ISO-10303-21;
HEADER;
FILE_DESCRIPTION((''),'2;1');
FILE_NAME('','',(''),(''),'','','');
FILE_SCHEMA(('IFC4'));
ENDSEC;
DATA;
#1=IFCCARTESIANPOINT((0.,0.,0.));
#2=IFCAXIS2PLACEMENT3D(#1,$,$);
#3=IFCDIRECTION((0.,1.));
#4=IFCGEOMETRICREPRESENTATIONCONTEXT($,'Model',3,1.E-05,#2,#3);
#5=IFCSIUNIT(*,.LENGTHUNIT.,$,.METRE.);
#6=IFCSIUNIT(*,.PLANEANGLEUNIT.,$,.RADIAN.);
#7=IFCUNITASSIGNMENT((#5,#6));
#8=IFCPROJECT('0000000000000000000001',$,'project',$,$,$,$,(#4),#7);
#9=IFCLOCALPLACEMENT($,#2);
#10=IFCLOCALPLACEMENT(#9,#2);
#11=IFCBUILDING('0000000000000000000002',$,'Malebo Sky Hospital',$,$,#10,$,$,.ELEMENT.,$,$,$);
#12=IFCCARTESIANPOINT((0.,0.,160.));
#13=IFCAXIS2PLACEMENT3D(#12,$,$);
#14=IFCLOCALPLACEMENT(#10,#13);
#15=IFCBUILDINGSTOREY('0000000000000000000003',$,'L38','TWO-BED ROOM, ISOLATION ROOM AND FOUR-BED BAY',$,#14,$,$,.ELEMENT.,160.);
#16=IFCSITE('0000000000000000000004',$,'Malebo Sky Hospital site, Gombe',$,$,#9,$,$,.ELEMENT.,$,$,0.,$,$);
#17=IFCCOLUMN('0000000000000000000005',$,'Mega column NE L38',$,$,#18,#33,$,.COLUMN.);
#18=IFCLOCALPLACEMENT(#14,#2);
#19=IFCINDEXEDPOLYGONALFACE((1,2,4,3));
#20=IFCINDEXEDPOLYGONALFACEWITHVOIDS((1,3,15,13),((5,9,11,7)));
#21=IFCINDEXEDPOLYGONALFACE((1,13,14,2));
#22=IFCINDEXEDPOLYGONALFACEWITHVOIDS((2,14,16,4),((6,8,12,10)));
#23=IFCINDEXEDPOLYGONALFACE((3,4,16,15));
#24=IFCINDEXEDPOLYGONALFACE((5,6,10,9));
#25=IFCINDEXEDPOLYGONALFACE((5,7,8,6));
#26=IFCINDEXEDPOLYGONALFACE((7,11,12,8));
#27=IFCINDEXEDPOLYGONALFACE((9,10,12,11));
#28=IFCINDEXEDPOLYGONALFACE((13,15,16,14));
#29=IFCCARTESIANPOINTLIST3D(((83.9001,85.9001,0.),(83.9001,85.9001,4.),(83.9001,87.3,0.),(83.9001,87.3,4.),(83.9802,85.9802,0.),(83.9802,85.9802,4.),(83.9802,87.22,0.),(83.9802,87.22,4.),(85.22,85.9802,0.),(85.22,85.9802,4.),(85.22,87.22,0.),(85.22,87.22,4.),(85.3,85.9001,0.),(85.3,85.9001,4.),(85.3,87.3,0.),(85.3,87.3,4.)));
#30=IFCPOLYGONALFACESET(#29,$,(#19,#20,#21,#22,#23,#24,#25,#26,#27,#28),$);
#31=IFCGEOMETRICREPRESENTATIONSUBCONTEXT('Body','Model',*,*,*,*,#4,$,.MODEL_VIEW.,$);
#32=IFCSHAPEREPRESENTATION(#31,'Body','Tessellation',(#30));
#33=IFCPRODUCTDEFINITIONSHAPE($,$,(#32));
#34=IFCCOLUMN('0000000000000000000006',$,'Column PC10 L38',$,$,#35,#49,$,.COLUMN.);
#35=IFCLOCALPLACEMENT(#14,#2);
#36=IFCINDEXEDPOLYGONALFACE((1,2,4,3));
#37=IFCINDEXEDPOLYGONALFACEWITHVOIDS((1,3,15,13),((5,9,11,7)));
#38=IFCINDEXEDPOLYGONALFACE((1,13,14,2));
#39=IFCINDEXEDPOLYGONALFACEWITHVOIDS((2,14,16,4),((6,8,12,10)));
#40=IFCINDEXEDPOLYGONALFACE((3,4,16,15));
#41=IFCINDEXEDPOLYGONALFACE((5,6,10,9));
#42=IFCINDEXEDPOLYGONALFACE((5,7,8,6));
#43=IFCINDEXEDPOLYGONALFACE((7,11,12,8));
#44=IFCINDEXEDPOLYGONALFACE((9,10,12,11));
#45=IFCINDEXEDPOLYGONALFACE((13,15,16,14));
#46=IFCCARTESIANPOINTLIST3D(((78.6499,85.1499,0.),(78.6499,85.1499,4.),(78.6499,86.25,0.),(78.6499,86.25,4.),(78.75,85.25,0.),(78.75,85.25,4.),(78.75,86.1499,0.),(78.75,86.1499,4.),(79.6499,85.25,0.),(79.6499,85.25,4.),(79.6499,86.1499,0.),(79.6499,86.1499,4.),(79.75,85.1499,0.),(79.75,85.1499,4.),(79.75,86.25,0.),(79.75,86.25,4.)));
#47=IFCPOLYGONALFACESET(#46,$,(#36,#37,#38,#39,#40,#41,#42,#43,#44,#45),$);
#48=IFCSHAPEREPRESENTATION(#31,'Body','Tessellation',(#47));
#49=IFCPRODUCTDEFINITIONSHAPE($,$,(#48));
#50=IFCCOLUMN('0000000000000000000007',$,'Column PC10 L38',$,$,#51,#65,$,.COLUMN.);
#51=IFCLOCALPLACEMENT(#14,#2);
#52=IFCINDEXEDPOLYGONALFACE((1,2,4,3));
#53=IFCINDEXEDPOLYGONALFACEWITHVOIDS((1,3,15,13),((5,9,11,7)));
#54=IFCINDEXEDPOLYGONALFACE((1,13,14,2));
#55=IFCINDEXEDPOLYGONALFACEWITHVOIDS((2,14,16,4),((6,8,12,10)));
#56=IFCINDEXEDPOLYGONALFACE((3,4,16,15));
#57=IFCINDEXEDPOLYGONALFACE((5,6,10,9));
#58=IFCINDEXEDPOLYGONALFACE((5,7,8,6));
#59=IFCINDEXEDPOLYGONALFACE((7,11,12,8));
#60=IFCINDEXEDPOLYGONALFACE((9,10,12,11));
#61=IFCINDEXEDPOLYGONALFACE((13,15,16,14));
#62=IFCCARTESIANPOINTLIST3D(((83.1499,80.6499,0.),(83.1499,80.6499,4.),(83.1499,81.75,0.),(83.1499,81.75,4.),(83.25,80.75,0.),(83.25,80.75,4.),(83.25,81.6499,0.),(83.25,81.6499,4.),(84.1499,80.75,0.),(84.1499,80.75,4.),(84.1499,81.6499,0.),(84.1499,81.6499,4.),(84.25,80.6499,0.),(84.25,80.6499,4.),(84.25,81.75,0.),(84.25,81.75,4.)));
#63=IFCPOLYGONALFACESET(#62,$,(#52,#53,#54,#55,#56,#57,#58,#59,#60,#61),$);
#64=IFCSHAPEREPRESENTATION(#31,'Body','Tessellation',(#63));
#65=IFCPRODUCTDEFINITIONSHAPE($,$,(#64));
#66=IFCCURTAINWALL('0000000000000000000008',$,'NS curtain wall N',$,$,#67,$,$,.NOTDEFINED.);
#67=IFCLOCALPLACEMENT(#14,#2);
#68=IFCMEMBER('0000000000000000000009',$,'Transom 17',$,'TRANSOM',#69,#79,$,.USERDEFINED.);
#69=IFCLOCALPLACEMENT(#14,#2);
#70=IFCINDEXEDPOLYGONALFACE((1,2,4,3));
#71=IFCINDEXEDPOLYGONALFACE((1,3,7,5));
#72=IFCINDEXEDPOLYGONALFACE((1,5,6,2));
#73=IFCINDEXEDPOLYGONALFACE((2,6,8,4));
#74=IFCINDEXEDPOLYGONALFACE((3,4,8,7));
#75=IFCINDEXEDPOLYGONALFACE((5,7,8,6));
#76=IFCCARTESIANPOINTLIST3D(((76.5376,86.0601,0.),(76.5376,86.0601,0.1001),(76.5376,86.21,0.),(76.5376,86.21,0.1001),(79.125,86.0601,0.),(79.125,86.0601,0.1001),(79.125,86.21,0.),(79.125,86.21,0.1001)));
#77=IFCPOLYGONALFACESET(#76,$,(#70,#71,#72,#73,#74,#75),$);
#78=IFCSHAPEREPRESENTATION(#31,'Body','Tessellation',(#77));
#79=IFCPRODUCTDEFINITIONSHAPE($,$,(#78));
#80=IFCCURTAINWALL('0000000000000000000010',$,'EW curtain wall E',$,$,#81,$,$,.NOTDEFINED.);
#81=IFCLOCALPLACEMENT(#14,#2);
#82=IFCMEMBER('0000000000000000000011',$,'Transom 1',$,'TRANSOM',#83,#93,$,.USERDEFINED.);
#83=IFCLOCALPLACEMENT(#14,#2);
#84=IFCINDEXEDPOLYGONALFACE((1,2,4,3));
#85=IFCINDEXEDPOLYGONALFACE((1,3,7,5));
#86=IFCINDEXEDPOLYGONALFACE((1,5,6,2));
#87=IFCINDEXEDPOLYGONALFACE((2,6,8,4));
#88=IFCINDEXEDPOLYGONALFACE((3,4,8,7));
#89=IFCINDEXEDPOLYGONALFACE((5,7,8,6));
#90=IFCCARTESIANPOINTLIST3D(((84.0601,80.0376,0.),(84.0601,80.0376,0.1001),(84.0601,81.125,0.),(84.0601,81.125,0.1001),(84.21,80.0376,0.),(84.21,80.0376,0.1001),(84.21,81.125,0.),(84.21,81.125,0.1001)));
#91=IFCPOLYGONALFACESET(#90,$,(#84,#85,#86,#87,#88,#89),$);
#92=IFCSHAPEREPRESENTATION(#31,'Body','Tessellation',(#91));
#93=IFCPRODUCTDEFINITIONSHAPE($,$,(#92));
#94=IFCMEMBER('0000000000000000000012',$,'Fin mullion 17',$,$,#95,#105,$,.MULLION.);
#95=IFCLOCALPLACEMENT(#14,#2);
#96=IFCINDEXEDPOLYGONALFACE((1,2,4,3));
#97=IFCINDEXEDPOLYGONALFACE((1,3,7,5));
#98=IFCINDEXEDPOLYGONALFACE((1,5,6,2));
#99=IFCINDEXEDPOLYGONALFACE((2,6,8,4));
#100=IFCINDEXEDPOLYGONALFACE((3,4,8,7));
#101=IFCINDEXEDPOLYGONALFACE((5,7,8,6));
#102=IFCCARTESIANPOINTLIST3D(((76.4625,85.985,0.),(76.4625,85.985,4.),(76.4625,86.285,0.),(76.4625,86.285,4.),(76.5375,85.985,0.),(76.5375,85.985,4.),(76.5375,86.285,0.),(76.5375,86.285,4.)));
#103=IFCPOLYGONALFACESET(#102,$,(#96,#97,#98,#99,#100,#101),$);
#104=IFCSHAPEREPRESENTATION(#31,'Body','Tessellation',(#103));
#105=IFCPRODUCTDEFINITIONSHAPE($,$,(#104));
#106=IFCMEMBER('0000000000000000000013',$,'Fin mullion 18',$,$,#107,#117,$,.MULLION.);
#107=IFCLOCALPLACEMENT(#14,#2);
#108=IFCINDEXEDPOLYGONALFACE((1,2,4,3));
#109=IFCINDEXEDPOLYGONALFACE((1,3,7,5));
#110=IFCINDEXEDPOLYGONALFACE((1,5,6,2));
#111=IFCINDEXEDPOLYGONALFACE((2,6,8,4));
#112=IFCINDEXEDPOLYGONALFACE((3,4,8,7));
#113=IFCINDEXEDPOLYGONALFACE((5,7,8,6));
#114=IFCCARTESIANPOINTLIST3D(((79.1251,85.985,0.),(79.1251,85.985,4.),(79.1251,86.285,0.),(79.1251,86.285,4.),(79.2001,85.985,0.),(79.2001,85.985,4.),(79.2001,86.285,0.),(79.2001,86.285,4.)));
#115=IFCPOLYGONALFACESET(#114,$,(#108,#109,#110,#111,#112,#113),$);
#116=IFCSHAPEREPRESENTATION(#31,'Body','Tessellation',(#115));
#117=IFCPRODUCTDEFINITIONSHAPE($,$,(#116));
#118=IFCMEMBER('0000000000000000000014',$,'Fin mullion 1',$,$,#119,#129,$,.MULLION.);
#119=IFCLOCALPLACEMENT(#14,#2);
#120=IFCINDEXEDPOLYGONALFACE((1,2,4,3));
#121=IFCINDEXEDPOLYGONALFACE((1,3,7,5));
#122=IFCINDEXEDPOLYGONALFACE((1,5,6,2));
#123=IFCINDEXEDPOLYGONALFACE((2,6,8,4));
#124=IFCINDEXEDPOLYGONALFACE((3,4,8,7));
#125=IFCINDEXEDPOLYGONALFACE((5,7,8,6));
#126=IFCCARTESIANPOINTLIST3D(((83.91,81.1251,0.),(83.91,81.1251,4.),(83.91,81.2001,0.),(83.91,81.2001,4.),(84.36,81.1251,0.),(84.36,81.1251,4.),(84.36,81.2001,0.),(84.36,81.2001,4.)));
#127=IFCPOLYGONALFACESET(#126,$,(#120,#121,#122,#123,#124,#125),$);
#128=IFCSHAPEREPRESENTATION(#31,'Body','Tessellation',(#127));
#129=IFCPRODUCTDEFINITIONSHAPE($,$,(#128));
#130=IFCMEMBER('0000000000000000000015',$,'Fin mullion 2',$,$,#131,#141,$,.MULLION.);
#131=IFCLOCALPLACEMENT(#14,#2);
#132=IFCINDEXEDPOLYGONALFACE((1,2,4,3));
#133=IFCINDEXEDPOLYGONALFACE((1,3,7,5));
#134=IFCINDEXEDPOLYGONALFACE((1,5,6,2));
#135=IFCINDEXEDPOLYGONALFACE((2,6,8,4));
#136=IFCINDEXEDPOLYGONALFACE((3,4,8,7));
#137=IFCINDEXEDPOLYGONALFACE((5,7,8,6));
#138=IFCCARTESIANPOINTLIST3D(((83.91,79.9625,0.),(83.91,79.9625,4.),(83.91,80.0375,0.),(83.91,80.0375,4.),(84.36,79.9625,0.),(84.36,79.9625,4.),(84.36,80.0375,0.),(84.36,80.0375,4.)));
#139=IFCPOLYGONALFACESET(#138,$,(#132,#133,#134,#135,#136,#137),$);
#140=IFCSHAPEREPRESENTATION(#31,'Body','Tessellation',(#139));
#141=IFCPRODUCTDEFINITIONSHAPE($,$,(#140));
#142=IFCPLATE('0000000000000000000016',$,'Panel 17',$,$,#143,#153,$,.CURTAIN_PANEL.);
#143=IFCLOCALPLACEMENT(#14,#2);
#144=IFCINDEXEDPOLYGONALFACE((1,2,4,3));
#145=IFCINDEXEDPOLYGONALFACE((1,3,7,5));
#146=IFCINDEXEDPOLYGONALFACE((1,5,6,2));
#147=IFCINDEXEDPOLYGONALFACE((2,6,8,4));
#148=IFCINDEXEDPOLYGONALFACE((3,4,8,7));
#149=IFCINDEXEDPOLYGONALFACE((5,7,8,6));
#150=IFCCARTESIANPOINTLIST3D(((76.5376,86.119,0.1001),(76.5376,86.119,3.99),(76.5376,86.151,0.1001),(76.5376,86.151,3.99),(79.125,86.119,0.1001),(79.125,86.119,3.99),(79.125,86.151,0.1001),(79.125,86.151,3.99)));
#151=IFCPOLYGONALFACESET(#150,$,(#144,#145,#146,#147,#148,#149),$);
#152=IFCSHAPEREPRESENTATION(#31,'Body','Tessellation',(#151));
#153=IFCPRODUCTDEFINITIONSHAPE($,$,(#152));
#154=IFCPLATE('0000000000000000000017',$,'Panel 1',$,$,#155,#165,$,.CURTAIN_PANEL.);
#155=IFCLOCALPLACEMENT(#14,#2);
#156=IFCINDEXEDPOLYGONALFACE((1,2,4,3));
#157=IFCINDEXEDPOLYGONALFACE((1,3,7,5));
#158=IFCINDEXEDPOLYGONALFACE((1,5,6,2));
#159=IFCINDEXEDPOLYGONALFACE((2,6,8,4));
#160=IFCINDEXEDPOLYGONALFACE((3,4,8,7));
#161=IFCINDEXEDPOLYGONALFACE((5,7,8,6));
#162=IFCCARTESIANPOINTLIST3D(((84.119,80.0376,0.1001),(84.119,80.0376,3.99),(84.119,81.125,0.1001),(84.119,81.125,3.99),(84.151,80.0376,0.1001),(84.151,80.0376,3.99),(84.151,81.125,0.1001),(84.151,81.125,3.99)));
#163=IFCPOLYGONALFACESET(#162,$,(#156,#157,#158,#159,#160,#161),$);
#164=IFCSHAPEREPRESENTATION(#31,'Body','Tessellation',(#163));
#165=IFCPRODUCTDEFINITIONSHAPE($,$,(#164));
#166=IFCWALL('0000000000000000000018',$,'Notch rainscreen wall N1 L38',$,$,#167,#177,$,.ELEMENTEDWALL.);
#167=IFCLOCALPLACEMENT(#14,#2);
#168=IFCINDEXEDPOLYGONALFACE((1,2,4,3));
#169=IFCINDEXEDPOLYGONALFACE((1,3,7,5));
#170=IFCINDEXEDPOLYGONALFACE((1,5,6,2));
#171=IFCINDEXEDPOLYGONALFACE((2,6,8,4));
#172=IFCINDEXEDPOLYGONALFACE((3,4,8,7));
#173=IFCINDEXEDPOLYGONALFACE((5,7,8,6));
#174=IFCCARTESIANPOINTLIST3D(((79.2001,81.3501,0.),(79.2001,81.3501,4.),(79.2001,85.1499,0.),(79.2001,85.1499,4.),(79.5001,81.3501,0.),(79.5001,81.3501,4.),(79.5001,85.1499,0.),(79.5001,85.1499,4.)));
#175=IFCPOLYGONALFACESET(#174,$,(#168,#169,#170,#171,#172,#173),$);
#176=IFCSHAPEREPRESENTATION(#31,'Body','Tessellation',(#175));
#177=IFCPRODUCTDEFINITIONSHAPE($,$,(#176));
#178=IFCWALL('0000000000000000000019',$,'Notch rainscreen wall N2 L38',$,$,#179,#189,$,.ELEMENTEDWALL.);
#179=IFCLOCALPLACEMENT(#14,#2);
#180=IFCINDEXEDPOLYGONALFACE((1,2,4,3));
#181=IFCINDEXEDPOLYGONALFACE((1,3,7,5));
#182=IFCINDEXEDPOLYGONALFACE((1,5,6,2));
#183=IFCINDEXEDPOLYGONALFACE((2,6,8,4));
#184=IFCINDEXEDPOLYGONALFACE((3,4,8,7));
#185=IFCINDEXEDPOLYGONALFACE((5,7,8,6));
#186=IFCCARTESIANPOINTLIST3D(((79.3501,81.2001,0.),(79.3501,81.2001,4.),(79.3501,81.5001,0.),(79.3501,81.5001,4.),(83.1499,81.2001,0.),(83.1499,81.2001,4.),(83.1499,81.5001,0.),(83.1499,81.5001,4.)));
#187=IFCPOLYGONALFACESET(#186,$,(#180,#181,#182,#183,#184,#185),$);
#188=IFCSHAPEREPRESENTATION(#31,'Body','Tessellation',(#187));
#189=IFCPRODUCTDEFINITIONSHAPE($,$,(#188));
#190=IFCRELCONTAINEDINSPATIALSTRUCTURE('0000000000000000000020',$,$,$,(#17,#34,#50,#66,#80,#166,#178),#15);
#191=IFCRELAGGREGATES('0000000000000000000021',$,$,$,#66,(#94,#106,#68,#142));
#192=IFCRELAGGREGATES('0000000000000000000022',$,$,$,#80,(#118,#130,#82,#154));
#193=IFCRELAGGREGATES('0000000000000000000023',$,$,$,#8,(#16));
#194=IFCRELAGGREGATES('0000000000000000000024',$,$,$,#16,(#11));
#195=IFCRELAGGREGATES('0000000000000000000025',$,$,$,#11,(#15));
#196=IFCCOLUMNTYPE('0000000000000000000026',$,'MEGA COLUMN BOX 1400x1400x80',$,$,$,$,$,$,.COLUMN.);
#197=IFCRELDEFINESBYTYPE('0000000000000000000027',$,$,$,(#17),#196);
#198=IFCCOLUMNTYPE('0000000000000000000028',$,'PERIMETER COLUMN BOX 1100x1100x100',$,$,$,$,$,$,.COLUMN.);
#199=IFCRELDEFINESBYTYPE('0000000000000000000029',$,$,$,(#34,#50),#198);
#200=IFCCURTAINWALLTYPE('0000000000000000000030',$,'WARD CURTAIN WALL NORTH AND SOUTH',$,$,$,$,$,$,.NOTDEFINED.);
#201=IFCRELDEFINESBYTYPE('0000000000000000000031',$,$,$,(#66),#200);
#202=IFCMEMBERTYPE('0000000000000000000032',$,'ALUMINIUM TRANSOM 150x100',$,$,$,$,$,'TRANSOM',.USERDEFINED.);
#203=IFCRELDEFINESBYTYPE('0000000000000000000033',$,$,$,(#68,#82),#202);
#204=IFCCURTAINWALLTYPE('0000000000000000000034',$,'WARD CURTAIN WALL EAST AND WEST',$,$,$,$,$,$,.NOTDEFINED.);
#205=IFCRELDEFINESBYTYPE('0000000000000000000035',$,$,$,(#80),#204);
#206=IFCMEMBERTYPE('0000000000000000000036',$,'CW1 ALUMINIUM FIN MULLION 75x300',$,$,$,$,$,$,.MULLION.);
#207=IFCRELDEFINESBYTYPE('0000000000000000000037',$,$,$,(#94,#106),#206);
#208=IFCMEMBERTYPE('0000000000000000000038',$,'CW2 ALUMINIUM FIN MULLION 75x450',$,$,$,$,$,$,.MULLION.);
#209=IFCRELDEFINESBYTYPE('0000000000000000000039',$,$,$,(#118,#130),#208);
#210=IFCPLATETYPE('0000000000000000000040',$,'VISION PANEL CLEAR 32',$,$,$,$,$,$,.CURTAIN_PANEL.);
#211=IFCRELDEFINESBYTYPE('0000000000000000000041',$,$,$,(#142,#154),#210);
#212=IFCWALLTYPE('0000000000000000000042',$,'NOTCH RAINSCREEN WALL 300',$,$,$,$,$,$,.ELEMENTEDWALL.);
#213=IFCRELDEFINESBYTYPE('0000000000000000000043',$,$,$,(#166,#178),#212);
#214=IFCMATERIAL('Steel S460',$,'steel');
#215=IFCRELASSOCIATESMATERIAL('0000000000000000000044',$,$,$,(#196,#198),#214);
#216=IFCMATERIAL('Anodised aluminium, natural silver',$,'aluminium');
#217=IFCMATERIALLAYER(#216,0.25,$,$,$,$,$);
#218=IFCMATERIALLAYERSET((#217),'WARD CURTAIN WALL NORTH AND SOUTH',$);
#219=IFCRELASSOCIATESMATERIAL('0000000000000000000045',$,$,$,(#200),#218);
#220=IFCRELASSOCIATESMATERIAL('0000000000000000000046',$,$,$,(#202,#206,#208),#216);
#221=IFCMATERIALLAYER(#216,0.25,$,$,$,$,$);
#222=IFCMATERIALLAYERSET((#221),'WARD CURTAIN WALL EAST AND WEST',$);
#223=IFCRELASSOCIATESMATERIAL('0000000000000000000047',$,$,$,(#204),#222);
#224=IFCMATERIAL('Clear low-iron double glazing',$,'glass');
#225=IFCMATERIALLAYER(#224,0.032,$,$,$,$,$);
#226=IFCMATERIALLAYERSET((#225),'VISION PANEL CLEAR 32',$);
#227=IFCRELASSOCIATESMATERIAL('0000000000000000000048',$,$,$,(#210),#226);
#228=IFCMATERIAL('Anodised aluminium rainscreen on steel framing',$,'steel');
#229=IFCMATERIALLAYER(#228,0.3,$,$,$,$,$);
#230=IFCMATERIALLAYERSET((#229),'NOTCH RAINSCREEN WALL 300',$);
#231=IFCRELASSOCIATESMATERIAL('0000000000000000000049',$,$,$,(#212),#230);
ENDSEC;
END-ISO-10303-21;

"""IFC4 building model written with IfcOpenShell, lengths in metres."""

from ifc_helpers import new_model, si_unit, direction, frame, frame_2d, origin, origin_2d, place, context, subcontext, project, spatial, rectangle, hollow_rectangle, extrude, material, layer, layer_set, material_profile, profile_set, type_object, element, aggregate, save


model = new_model("IFC4")

# Units and contexts
model_context = context("Model", 3, precision=1e-05, world=origin(), true_north=direction((0.0, 1.0)))
body_context = subcontext(model_context, "Body", "Model", "MODEL_VIEW")
ifc_project = project(units=[si_unit("LENGTHUNIT", "METRE"), si_unit("PLANEANGLEUNIT", "RADIAN")], contexts=[model_context])

# Site, building, storey
site_placement = place(None, origin())
site = spatial("IfcSite", under=ifc_project, at=site_placement, Name="Malebo Sky Hospital site, Gombe", CompositionType="ELEMENT", RefElevation=0.0)
building_placement = place(site_placement, origin())
building = spatial("IfcBuilding", under=site, at=building_placement, Name="Malebo Sky Hospital", CompositionType="ELEMENT")
storey_placement = place(building_placement, frame((0.0, 0.0, 160.0)))
storey = spatial("IfcBuildingStorey", under=building, at=storey_placement, Name="L38", Description="TWO-BED ROOM, ISOLATION ROOM AND FOUR-BED BAY", CompositionType="ELEMENT", Elevation=160.0)

# Columns
ifc_material_1 = material(Name="Steel S460", Category="steel")
ifc_material_profile_1 = material_profile(ifc_material_1, hollow_rectangle(XDim=1.3999, YDim=1.3999, WallThickness=0.0801, at=origin_2d()), Name="BOX 1400x1400x80")
ifc_profile_set_1 = profile_set([ifc_material_profile_1], Name="Steel S460")
column_type_1 = type_object("IfcColumnType", Name="MEGA COLUMN BOX 1400x1400x80", PredefinedType="COLUMN", material=ifc_profile_set_1)
column_placement = place(storey_placement, frame((84.6001, 86.6001, 0.0), z_axis=(0.0, 0.0, 1.0), x_axis=(1.0, 0.0, 0.0)))
element("IfcColumn", 1, at=column_placement, inside=storey, type_object=column_type_1, Name="Mega column NE L38", PredefinedType="COLUMN", context=body_context, shape_type="SweptSolid", body=[
    extrude(hollow_rectangle(XDim=1.3999, YDim=1.3999, WallThickness=0.0801, at=origin_2d()), origin(), (0.0, 0.0, 1.0), 4.0),
])
ifc_material_profile_2 = material_profile(ifc_material_1, hollow_rectangle(XDim=1.1001, YDim=1.1001, WallThickness=0.1001, at=origin_2d()), Name="BOX 1100x1100x100")
ifc_profile_set_2 = profile_set([ifc_material_profile_2], Name="Steel S460")
column_type_2 = type_object("IfcColumnType", Name="PERIMETER COLUMN BOX 1100x1100x100", PredefinedType="COLUMN", material=ifc_profile_set_2)
for number, where, z_axis, x_axis, name in (
    (2, (79.2, 85.7, 0.0), (0.0, 0.0, 1.0), (1.0, 0.0, 0.0), "Column PC10 L38"),
    (3, (83.7, 81.2, 0.0), (0.0, 0.0, 1.0), (1.0, 0.0, 0.0), "Column PC10 L38"),
):
    element("IfcColumn", number, at=place(storey_placement, frame(where, z_axis=z_axis, x_axis=x_axis)), inside=storey, type_object=column_type_2, Name=name, PredefinedType="COLUMN", context=body_context, shape_type="SweptSolid", body=[
        extrude(hollow_rectangle(XDim=1.1001, YDim=1.1001, WallThickness=0.1001, at=origin_2d()), origin(), (0.0, 0.0, 1.0), 4.0),
    ])

# Curtain walls, members
ifc_material_2 = material(Name="Anodised aluminium, natural silver", Category="aluminium")
ifc_layer_1 = layer(ifc_material_2, 0.25)
ifc_layer_set_1 = layer_set([ifc_layer_1], Name="WARD CURTAIN WALL NORTH AND SOUTH")
curtain_wall_type_1 = type_object("IfcCurtainWallType", Name="WARD CURTAIN WALL NORTH AND SOUTH", PredefinedType="NOTDEFINED", material=ifc_layer_set_1)
curtain_wall_1_placement = place(storey_placement, origin())
curtain_wall_1 = element("IfcCurtainWall", 4, at=curtain_wall_1_placement, inside=storey, type_object=curtain_wall_type_1, Name="NS curtain wall N", PredefinedType="NOTDEFINED")
ifc_material_profile_3 = material_profile(ifc_material_2, rectangle(XDim=0.1499, YDim=0.1001, at=origin_2d()), Name="ALUMINIUM TRANSOM 150x100")
ifc_profile_set_3 = profile_set([ifc_material_profile_3], Name="Anodised aluminium, natural silver")
member_type_1 = type_object("IfcMemberType", Name="ALUMINIUM TRANSOM 150x100", ElementType="TRANSOM", PredefinedType="USERDEFINED", material=ifc_profile_set_3)
member_1_placement = place(storey_placement, frame((76.5376, 86.135, 0.05), z_axis=(1.0, 0.0, 0.0), x_axis=(0.0, 1.0, 0.0)))
member_1 = element("IfcMember", 5, at=member_1_placement, type_object=member_type_1, Name="Transom 17", ObjectType="TRANSOM", PredefinedType="USERDEFINED", context=body_context, shape_type="SweptSolid", body=[
    extrude(rectangle(XDim=0.1499, YDim=0.1001, at=origin_2d()), origin(), (0.0, 0.0, 1.0), 2.5874),
])
ifc_layer_2 = layer(ifc_material_2, 0.25)
ifc_layer_set_2 = layer_set([ifc_layer_2], Name="WARD CURTAIN WALL EAST AND WEST")
curtain_wall_type_2 = type_object("IfcCurtainWallType", Name="WARD CURTAIN WALL EAST AND WEST", PredefinedType="NOTDEFINED", material=ifc_layer_set_2)
curtain_wall_2_placement = place(storey_placement, origin())
curtain_wall_2 = element("IfcCurtainWall", 6, at=curtain_wall_2_placement, inside=storey, type_object=curtain_wall_type_2, Name="EW curtain wall E", PredefinedType="NOTDEFINED")
member_2_placement = place(storey_placement, frame((84.135, 81.125, 0.05), z_axis=(0.0, -1.0, 0.0), x_axis=(1.0, 0.0, 0.0)))
member_2 = element("IfcMember", 7, at=member_2_placement, type_object=member_type_1, Name="Transom 1", ObjectType="TRANSOM", PredefinedType="USERDEFINED", context=body_context, shape_type="SweptSolid", body=[
    extrude(rectangle(XDim=0.1499, YDim=0.1001, at=origin_2d()), origin(), (0.0, 0.0, 1.0), 1.0874),
])

# Members
ifc_material_profile_4 = material_profile(ifc_material_2, rectangle(XDim=0.075, YDim=0.3, at=origin_2d()), Name="CW1 ALUMINIUM FIN MULLION 75x300")
ifc_profile_set_4 = profile_set([ifc_material_profile_4], Name="Anodised aluminium, natural silver")
member_type_2 = type_object("IfcMemberType", Name="CW1 ALUMINIUM FIN MULLION 75x300", PredefinedType="MULLION", material=ifc_profile_set_4)
member_3_placement = place(storey_placement, frame((76.5, 86.135, 0.0), z_axis=(0.0, 0.0, 1.0), x_axis=(1.0, 0.0, 0.0)))
member_3 = element("IfcMember", 8, at=member_3_placement, type_object=member_type_2, Name="Fin mullion 17", PredefinedType="MULLION", context=body_context, shape_type="SweptSolid", body=[
    extrude(rectangle(XDim=0.075, YDim=0.3, at=origin_2d()), origin(), (0.0, 0.0, 1.0), 4.0),
])
member_4_placement = place(storey_placement, frame((79.1626, 86.135, 0.0), z_axis=(0.0, 0.0, 1.0), x_axis=(1.0, 0.0, 0.0)))
member_4 = element("IfcMember", 9, at=member_4_placement, type_object=member_type_2, Name="Fin mullion 18", PredefinedType="MULLION", context=body_context, shape_type="SweptSolid", body=[
    extrude(rectangle(XDim=0.075, YDim=0.3, at=origin_2d()), origin(), (0.0, 0.0, 1.0), 4.0),
])
ifc_material_profile_5 = material_profile(ifc_material_2, rectangle(XDim=0.075, YDim=0.45, at=origin_2d()), Name="CW2 ALUMINIUM FIN MULLION 75x450")
ifc_profile_set_5 = profile_set([ifc_material_profile_5], Name="Anodised aluminium, natural silver")
member_type_3 = type_object("IfcMemberType", Name="CW2 ALUMINIUM FIN MULLION 75x450", PredefinedType="MULLION", material=ifc_profile_set_5)
member_5_placement = place(storey_placement, frame((84.135, 81.1626, 0.0), z_axis=(0.0, 0.0, 1.0), x_axis=(0.0, -1.0, 0.0)))
member_5 = element("IfcMember", 10, at=member_5_placement, type_object=member_type_3, Name="Fin mullion 1", PredefinedType="MULLION", context=body_context, shape_type="SweptSolid", body=[
    extrude(rectangle(XDim=0.075, YDim=0.45, at=origin_2d()), origin(), (0.0, 0.0, 1.0), 4.0),
])
member_6_placement = place(storey_placement, frame((84.135, 80.0, 0.0), z_axis=(0.0, 0.0, 1.0), x_axis=(0.0, -1.0, 0.0)))
member_6 = element("IfcMember", 11, at=member_6_placement, type_object=member_type_3, Name="Fin mullion 2", PredefinedType="MULLION", context=body_context, shape_type="SweptSolid", body=[
    extrude(rectangle(XDim=0.075, YDim=0.45, at=origin_2d()), origin(), (0.0, 0.0, 1.0), 4.0),
])

# Plates
ifc_material_3 = material(Name="Clear low-iron double glazing", Category="glass")
ifc_layer_3 = layer(ifc_material_3, 0.032)
ifc_layer_set_3 = layer_set([ifc_layer_3], Name="VISION PANEL CLEAR 32")
plate_type = type_object("IfcPlateType", Name="VISION PANEL CLEAR 32", PredefinedType="CURTAIN_PANEL", material=ifc_layer_set_3)
plate_1_placement = place(storey_placement, frame((77.8313, 86.135, 0.1001), z_axis=(0.0, 0.0, 1.0), x_axis=(1.0, 0.0, 0.0)))
plate_1 = element("IfcPlate", 12, at=plate_1_placement, type_object=plate_type, Name="Panel 17", PredefinedType="CURTAIN_PANEL", context=body_context, shape_type="SweptSolid", body=[
    extrude(rectangle(XDim=2.5874, YDim=0.032, at=origin_2d()), origin(), (0.0, 0.0, 1.0), 3.8899),
])
aggregate(curtain_wall_1, [member_3, member_4, member_1, plate_1])
plate_2_placement = place(storey_placement, frame((84.135, 80.5813, 0.1001), z_axis=(0.0, 0.0, 1.0), x_axis=(0.0, -1.0, 0.0)))
plate_2 = element("IfcPlate", 13, at=plate_2_placement, type_object=plate_type, Name="Panel 1", PredefinedType="CURTAIN_PANEL", context=body_context, shape_type="SweptSolid", body=[
    extrude(rectangle(XDim=1.0874, YDim=0.032, at=origin_2d()), origin(), (0.0, 0.0, 1.0), 3.8899),
])
aggregate(curtain_wall_2, [member_5, member_6, member_2, plate_2])

# Walls
ifc_material_4 = material(Name="Anodised aluminium rainscreen on steel framing", Category="steel")
ifc_layer_4 = layer(ifc_material_4, 0.3)
ifc_layer_set_4 = layer_set([ifc_layer_4], Name="NOTCH RAINSCREEN WALL 300")
wall_type_1 = type_object("IfcWallType", Name="NOTCH RAINSCREEN WALL 300", PredefinedType="ELEMENTEDWALL", material=ifc_layer_set_4)
for number, where, z_axis, x_axis, name in (
    (14, (79.3501, 85.1499, 0.0), (0.0, 0.0, 1.0), (0.0, -1.0, 0.0), "Notch rainscreen wall N1 L38"),
    (15, (79.3501, 81.3501, 0.0), (0.0, 0.0, 1.0), (1.0, 0.0, 0.0), "Notch rainscreen wall N2 L38"),
):
    element("IfcWall", number, at=place(storey_placement, frame(where, z_axis=z_axis, x_axis=x_axis)), inside=storey, type_object=wall_type_1, Name=name, PredefinedType="ELEMENTEDWALL", context=body_context, shape_type="SweptSolid", body=[
        extrude(rectangle(XDim=3.7998, YDim=0.3, at=frame_2d((1.8999, 0.0))), origin(), (0.0, 0.0, 1.0), 4.0),
    ])

save(model, "model.ifc")
